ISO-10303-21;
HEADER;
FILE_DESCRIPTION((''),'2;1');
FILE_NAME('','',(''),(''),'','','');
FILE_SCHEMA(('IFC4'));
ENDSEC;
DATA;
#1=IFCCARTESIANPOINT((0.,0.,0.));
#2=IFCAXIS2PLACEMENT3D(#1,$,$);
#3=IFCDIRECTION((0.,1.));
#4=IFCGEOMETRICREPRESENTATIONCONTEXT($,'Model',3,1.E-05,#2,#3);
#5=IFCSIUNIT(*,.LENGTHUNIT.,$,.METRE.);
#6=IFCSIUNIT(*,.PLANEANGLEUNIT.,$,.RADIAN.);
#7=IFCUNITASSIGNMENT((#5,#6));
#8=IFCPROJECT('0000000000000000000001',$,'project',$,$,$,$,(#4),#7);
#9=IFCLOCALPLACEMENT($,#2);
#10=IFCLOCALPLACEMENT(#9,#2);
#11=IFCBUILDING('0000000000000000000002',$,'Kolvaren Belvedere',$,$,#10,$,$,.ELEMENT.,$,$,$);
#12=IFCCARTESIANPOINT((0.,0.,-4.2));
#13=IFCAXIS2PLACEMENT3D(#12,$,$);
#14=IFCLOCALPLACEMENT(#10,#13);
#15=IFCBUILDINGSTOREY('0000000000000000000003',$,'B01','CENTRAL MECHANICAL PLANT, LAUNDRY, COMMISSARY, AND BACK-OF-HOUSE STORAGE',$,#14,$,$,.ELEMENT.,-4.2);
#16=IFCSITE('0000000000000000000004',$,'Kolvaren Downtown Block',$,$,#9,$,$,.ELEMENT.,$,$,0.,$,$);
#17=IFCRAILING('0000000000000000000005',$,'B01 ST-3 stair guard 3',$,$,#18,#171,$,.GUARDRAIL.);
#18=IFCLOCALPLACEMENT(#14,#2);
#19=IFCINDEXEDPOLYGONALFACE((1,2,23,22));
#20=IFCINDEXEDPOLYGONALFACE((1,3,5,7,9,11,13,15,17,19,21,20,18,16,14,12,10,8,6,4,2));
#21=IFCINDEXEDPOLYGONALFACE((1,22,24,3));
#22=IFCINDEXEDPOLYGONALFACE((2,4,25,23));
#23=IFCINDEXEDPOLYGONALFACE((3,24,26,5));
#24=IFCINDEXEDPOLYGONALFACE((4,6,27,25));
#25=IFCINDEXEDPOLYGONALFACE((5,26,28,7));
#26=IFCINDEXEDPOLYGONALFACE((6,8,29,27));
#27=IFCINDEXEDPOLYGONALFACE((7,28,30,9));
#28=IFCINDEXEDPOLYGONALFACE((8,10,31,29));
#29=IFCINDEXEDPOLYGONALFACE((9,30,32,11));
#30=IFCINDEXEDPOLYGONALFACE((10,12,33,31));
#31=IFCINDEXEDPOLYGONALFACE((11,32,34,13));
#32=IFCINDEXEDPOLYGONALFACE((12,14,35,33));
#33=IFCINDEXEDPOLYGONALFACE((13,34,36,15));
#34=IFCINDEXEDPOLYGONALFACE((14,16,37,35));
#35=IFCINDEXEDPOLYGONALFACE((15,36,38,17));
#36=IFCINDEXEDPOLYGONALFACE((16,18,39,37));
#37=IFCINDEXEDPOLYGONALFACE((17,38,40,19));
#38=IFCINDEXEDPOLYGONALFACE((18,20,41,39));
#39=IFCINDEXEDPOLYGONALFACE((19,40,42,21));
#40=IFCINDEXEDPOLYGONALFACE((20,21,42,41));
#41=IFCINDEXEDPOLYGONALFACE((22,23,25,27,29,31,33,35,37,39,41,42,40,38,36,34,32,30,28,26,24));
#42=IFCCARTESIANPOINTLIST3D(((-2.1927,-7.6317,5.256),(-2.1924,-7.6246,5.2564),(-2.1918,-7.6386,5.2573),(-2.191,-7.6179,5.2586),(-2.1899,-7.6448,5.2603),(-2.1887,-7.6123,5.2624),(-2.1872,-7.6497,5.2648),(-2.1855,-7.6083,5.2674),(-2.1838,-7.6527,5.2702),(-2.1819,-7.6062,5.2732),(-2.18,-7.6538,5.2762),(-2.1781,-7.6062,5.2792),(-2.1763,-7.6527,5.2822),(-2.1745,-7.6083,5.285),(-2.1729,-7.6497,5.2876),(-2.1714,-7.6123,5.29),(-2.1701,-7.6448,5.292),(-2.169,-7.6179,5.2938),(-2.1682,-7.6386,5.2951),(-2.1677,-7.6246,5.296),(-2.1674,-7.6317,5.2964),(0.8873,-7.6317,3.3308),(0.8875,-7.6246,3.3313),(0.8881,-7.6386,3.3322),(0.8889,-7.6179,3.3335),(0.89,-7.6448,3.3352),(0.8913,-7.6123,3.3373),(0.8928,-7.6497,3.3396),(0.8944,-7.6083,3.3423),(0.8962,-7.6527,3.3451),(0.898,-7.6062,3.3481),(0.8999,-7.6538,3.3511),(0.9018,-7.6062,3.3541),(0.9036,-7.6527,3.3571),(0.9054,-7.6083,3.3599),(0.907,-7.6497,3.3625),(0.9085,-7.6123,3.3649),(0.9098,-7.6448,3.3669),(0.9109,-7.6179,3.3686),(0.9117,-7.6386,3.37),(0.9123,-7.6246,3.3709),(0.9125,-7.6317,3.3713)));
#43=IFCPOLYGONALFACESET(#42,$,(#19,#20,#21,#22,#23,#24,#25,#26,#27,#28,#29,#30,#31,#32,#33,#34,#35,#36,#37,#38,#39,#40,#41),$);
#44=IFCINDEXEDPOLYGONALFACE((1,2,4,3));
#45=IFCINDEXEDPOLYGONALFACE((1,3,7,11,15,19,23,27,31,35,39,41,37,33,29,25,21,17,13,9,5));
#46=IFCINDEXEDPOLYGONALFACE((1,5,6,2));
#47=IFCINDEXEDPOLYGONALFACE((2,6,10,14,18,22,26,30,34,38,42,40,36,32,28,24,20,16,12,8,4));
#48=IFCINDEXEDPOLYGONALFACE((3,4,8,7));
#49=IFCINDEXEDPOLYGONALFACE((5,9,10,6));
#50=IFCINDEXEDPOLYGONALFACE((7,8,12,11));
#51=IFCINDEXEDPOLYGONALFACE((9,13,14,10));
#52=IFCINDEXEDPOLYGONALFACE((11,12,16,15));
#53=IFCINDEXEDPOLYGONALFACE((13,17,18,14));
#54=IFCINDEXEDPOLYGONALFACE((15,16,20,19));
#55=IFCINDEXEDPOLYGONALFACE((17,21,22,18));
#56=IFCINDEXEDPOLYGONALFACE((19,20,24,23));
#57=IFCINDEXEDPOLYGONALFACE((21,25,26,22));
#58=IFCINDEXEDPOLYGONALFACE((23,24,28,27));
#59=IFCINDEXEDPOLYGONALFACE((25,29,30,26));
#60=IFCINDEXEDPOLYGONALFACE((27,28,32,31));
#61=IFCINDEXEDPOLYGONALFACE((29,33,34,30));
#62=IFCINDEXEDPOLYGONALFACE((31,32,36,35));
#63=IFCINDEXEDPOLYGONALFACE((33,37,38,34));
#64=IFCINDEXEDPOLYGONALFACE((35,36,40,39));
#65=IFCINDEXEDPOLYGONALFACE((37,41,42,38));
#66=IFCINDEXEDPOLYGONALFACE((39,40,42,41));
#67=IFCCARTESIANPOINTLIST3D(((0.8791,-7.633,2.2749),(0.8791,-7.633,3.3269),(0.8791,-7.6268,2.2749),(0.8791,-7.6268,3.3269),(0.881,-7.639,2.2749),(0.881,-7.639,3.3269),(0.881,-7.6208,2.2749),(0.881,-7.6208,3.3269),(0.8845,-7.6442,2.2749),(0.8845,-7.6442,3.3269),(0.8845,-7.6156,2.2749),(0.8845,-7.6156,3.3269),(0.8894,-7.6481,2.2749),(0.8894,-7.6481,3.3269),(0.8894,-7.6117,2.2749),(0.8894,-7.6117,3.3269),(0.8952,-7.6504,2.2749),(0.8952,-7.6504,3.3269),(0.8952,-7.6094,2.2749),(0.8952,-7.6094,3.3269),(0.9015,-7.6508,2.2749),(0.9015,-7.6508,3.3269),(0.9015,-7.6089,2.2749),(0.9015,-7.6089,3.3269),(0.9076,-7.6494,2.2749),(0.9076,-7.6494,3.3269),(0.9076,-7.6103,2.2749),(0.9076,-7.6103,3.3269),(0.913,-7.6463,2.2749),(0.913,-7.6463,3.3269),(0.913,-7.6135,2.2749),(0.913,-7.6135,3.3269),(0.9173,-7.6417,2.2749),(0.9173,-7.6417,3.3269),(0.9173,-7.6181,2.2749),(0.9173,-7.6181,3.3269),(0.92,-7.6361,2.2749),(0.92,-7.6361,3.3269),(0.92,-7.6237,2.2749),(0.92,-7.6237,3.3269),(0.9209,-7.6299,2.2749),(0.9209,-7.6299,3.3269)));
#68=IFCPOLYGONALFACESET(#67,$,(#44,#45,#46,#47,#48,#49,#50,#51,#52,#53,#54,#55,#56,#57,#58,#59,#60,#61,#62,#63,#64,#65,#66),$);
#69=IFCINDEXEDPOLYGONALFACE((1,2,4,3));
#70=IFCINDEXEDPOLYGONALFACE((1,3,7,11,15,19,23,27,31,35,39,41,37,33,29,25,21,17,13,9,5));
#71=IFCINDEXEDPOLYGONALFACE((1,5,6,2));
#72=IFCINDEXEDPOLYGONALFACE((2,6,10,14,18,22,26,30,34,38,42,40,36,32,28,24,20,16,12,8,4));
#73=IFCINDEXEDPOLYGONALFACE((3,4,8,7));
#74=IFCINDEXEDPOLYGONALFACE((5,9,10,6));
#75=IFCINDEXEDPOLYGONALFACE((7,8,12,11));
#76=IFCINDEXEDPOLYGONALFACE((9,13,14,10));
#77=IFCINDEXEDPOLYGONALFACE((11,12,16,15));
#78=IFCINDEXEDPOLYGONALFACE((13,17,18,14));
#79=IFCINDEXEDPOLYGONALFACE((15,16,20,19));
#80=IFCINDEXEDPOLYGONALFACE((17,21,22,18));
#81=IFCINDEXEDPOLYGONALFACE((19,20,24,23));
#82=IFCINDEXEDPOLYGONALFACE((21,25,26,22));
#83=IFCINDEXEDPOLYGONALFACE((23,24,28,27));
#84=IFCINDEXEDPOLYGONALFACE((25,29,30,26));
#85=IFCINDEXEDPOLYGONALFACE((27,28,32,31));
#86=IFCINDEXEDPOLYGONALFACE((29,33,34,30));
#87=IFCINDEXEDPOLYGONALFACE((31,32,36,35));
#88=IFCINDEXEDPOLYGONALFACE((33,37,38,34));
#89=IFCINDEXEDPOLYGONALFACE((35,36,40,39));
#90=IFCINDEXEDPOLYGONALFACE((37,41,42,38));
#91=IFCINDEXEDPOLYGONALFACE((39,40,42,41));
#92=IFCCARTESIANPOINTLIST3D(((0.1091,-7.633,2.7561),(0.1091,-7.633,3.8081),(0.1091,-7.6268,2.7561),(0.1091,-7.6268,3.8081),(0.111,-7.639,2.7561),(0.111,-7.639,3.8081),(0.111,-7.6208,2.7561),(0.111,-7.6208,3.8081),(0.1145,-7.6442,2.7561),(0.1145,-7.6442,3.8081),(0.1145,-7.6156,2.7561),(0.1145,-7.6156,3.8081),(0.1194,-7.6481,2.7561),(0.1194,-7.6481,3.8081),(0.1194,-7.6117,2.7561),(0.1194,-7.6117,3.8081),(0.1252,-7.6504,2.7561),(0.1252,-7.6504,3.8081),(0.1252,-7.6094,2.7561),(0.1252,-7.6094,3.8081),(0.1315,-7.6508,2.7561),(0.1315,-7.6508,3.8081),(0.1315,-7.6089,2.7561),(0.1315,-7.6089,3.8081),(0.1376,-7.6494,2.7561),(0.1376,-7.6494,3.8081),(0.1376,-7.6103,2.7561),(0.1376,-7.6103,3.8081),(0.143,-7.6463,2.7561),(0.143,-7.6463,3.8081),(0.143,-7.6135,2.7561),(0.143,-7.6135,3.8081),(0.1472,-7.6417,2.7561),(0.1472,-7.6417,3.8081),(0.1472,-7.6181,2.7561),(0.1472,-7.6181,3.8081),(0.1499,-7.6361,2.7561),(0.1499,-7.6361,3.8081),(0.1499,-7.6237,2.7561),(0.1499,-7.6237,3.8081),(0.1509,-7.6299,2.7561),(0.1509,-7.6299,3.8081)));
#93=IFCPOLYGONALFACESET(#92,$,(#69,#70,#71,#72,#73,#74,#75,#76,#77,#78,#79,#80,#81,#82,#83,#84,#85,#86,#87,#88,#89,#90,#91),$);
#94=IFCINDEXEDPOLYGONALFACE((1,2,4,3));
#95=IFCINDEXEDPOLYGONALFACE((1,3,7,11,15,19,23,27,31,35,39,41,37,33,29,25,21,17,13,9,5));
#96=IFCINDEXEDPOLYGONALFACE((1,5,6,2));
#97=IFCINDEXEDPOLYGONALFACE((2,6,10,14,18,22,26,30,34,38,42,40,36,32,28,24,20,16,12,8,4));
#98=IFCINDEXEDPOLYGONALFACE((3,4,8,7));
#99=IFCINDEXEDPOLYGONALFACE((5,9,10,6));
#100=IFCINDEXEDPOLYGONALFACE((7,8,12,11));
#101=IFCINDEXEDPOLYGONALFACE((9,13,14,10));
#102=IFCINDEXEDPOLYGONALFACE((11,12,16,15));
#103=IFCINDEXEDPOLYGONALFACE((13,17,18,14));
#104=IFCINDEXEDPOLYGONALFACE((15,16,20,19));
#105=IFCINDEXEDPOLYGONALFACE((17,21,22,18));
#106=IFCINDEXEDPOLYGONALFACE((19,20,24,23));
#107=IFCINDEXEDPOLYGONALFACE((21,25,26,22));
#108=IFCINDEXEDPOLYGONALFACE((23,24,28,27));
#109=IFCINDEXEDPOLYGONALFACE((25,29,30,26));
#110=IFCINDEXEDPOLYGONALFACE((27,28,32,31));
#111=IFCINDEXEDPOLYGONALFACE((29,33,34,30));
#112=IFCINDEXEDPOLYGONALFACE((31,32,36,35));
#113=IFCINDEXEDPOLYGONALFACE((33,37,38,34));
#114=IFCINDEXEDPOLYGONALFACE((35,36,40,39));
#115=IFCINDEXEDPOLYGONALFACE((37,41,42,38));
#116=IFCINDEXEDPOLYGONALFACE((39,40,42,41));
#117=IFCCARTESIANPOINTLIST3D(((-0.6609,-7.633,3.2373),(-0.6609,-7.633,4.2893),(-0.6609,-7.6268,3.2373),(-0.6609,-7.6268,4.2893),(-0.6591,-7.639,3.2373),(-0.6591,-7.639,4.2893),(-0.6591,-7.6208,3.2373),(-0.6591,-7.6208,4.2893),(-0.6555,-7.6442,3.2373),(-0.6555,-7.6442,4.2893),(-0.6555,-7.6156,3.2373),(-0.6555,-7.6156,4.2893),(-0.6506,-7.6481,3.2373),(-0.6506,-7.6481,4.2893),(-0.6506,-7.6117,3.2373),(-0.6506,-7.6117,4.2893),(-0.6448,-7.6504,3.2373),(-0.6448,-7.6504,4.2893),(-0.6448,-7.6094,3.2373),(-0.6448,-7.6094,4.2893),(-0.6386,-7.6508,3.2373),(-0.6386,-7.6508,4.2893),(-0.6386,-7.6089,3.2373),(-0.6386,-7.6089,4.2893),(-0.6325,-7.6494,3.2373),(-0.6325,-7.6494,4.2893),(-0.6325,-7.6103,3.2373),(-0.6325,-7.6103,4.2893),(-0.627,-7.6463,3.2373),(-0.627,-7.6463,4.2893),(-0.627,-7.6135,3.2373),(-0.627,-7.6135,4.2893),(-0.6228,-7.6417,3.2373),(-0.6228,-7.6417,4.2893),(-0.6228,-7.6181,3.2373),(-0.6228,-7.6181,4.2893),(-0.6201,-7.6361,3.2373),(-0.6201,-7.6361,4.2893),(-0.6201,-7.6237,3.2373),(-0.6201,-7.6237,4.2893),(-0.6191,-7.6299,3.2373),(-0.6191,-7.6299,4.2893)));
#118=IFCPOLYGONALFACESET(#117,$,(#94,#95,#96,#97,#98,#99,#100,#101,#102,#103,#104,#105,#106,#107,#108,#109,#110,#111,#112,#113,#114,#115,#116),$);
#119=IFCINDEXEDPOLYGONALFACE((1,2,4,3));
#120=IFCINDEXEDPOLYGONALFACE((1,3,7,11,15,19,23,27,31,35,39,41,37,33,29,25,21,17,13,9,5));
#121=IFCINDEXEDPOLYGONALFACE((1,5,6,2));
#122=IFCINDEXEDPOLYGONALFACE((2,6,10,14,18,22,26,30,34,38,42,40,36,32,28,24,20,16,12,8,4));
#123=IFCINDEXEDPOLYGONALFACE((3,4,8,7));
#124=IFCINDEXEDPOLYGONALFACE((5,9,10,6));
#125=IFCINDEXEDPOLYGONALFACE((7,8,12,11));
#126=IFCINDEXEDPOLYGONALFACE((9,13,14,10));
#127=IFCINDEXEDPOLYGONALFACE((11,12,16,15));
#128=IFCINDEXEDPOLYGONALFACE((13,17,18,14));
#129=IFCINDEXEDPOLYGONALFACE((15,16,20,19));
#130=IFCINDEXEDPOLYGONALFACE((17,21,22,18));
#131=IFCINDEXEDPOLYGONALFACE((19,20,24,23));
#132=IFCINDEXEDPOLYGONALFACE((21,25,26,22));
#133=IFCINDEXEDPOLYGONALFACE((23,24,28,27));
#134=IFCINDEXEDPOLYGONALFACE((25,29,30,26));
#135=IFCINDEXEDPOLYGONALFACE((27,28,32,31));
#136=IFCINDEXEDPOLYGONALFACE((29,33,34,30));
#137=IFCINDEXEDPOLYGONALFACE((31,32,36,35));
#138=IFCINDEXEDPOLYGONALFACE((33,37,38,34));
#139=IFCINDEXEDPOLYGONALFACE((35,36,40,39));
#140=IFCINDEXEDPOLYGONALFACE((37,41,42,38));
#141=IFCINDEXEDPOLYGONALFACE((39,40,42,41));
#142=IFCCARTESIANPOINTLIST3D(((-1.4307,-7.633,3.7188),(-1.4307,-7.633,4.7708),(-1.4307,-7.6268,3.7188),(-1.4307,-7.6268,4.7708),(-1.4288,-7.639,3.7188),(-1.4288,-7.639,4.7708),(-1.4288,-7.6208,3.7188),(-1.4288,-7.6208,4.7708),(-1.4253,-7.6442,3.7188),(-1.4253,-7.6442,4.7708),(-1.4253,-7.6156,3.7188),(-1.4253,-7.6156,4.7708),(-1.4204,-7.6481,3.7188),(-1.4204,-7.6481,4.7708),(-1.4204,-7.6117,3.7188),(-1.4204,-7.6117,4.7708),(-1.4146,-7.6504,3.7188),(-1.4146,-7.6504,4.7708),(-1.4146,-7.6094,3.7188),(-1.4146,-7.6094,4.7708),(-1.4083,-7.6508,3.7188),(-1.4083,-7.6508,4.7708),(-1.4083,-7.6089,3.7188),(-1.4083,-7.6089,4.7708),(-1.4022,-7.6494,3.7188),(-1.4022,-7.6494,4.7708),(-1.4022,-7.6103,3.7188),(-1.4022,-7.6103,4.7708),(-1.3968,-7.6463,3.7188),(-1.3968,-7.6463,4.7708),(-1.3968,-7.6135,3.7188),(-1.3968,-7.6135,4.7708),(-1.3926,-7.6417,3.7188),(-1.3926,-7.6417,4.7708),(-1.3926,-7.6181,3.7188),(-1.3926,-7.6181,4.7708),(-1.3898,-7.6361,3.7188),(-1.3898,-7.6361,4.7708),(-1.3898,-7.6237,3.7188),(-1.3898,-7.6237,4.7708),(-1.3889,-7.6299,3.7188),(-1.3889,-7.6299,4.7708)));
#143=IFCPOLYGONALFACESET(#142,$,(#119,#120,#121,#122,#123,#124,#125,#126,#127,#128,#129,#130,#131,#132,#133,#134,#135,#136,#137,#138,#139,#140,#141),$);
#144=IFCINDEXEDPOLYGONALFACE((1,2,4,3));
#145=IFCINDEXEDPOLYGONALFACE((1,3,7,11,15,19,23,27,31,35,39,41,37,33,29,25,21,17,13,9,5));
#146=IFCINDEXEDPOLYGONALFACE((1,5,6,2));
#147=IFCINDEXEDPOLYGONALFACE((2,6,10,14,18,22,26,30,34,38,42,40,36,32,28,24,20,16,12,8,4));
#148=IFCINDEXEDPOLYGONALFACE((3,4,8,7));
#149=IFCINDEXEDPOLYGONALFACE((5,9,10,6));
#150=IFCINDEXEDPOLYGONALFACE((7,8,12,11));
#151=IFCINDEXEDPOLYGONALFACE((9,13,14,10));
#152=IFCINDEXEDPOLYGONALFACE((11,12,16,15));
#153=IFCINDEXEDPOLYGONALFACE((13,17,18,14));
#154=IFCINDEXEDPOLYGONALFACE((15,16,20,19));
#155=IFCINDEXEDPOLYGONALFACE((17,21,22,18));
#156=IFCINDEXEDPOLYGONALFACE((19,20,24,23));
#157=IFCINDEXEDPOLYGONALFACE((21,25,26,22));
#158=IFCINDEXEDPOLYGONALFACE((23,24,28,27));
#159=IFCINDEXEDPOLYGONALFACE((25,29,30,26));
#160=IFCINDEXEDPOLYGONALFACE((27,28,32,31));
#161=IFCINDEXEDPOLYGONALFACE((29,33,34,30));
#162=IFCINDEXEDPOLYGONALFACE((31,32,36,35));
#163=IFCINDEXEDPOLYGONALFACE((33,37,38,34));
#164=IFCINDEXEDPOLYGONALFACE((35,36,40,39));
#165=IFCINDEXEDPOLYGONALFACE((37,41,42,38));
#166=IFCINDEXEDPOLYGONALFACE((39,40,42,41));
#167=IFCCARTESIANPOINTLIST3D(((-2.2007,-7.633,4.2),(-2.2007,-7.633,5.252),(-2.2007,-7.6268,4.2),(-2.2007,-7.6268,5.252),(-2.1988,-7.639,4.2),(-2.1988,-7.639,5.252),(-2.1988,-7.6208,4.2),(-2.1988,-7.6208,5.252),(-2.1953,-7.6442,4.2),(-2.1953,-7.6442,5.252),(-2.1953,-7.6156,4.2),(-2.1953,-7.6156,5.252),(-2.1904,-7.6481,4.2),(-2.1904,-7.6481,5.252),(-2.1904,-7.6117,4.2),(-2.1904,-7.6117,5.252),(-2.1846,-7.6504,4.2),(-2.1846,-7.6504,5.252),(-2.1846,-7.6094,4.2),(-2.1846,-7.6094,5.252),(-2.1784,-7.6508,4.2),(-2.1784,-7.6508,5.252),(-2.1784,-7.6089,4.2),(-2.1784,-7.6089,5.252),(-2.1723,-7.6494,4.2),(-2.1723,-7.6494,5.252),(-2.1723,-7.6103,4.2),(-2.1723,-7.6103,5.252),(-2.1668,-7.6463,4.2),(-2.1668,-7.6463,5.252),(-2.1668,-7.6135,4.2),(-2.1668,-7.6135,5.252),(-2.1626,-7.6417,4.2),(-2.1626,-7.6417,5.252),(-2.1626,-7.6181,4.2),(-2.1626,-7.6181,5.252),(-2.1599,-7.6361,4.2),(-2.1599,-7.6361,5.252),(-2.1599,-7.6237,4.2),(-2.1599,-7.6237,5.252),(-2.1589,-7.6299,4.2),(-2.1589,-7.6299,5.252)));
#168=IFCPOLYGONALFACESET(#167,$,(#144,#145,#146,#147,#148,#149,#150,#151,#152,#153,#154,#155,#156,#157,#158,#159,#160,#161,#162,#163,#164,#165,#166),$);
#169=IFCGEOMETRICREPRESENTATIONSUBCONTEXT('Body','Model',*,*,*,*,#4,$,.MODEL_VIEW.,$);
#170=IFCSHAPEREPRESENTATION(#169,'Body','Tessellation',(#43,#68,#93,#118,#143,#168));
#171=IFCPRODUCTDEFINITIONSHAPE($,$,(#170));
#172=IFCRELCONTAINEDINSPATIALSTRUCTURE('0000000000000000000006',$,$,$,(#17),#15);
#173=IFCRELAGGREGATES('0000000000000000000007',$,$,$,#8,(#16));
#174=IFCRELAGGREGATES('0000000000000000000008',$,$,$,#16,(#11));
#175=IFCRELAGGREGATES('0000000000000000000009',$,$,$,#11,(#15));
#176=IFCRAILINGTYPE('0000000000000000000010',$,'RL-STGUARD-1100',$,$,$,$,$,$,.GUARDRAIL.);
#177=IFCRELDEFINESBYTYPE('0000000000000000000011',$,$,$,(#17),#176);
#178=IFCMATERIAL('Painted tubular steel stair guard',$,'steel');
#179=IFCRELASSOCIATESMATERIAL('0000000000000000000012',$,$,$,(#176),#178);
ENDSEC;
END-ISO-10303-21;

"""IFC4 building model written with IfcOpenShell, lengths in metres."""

from ifc_helpers import new_model, si_unit, direction, frame, origin, origin_2d, place, context, subcontext, project, spatial, circle, extrude, material, type_object, element, save


model = new_model("IFC4")

# Units and contexts
model_context = context("Model", 3, precision=1e-05, world=origin(), true_north=direction((0.0, 1.0)))
body_context = subcontext(model_context, "Body", "Model", "MODEL_VIEW")
ifc_project = project(units=[si_unit("LENGTHUNIT", "METRE"), si_unit("PLANEANGLEUNIT", "RADIAN")], contexts=[model_context])

# Site, building, storey
site_placement = place(None, origin())
site = spatial("IfcSite", under=ifc_project, at=site_placement, Name="Kolvaren Downtown Block", CompositionType="ELEMENT", RefElevation=0.0)
building_placement = place(site_placement, origin())
building = spatial("IfcBuilding", under=site, at=building_placement, Name="Kolvaren Belvedere", CompositionType="ELEMENT")
storey_placement = place(building_placement, frame((0.0, 0.0, -4.2)))
storey = spatial("IfcBuildingStorey", under=building, at=storey_placement, Name="B01", Description="CENTRAL MECHANICAL PLANT, LAUNDRY, COMMISSARY, AND BACK-OF-HOUSE STORAGE", CompositionType="ELEMENT", Elevation=-4.2)

# Railing
ifc_material_1 = material(Name="Painted tubular steel stair guard", Category="steel")
railing_type_1 = type_object("IfcRailingType", Name="RL-STGUARD-1100", PredefinedType="GUARDRAIL", material=ifc_material_1)
railing_1_placement = place(storey_placement, frame((0.8999, -7.6299, 2.2749)))
element("IfcRailing", 1, at=railing_1_placement, inside=storey, type_object=railing_type_1, Name="B01 ST-3 stair guard 3", PredefinedType="GUARDRAIL", context=body_context, shape_type="SweptSolid", body=[
    extrude(circle(Radius=0.0239, at=origin_2d()), frame((0.0, 0.0, 1.0762), z_axis=(-0.847979, 0.0, 0.530029), x_axis=(0.0, -1.0, 0.0)), (0.0, 0.0, 1.0), 3.6321),
    extrude(circle(Radius=0.021, at=origin_2d()), origin(), (0.0, 0.0, 1.0), 1.052),
    extrude(circle(Radius=0.021, at=origin_2d()), frame((-0.77, 0.0, 0.4812)), (0.0, 0.0, 1.0), 1.052),
    extrude(circle(Radius=0.021, at=origin_2d()), frame((-1.54, 0.0, 0.9624)), (0.0, 0.0, 1.0), 1.052),
    extrude(circle(Radius=0.021, at=origin_2d()), frame((-2.3098, 0.0, 1.4438)), (0.0, 0.0, 1.0), 1.052),
    extrude(circle(Radius=0.021, at=origin_2d()), frame((-3.0798, 0.0, 1.925)), (0.0, 0.0, 1.0), 1.052),
])

save(model, "model.ifc")
